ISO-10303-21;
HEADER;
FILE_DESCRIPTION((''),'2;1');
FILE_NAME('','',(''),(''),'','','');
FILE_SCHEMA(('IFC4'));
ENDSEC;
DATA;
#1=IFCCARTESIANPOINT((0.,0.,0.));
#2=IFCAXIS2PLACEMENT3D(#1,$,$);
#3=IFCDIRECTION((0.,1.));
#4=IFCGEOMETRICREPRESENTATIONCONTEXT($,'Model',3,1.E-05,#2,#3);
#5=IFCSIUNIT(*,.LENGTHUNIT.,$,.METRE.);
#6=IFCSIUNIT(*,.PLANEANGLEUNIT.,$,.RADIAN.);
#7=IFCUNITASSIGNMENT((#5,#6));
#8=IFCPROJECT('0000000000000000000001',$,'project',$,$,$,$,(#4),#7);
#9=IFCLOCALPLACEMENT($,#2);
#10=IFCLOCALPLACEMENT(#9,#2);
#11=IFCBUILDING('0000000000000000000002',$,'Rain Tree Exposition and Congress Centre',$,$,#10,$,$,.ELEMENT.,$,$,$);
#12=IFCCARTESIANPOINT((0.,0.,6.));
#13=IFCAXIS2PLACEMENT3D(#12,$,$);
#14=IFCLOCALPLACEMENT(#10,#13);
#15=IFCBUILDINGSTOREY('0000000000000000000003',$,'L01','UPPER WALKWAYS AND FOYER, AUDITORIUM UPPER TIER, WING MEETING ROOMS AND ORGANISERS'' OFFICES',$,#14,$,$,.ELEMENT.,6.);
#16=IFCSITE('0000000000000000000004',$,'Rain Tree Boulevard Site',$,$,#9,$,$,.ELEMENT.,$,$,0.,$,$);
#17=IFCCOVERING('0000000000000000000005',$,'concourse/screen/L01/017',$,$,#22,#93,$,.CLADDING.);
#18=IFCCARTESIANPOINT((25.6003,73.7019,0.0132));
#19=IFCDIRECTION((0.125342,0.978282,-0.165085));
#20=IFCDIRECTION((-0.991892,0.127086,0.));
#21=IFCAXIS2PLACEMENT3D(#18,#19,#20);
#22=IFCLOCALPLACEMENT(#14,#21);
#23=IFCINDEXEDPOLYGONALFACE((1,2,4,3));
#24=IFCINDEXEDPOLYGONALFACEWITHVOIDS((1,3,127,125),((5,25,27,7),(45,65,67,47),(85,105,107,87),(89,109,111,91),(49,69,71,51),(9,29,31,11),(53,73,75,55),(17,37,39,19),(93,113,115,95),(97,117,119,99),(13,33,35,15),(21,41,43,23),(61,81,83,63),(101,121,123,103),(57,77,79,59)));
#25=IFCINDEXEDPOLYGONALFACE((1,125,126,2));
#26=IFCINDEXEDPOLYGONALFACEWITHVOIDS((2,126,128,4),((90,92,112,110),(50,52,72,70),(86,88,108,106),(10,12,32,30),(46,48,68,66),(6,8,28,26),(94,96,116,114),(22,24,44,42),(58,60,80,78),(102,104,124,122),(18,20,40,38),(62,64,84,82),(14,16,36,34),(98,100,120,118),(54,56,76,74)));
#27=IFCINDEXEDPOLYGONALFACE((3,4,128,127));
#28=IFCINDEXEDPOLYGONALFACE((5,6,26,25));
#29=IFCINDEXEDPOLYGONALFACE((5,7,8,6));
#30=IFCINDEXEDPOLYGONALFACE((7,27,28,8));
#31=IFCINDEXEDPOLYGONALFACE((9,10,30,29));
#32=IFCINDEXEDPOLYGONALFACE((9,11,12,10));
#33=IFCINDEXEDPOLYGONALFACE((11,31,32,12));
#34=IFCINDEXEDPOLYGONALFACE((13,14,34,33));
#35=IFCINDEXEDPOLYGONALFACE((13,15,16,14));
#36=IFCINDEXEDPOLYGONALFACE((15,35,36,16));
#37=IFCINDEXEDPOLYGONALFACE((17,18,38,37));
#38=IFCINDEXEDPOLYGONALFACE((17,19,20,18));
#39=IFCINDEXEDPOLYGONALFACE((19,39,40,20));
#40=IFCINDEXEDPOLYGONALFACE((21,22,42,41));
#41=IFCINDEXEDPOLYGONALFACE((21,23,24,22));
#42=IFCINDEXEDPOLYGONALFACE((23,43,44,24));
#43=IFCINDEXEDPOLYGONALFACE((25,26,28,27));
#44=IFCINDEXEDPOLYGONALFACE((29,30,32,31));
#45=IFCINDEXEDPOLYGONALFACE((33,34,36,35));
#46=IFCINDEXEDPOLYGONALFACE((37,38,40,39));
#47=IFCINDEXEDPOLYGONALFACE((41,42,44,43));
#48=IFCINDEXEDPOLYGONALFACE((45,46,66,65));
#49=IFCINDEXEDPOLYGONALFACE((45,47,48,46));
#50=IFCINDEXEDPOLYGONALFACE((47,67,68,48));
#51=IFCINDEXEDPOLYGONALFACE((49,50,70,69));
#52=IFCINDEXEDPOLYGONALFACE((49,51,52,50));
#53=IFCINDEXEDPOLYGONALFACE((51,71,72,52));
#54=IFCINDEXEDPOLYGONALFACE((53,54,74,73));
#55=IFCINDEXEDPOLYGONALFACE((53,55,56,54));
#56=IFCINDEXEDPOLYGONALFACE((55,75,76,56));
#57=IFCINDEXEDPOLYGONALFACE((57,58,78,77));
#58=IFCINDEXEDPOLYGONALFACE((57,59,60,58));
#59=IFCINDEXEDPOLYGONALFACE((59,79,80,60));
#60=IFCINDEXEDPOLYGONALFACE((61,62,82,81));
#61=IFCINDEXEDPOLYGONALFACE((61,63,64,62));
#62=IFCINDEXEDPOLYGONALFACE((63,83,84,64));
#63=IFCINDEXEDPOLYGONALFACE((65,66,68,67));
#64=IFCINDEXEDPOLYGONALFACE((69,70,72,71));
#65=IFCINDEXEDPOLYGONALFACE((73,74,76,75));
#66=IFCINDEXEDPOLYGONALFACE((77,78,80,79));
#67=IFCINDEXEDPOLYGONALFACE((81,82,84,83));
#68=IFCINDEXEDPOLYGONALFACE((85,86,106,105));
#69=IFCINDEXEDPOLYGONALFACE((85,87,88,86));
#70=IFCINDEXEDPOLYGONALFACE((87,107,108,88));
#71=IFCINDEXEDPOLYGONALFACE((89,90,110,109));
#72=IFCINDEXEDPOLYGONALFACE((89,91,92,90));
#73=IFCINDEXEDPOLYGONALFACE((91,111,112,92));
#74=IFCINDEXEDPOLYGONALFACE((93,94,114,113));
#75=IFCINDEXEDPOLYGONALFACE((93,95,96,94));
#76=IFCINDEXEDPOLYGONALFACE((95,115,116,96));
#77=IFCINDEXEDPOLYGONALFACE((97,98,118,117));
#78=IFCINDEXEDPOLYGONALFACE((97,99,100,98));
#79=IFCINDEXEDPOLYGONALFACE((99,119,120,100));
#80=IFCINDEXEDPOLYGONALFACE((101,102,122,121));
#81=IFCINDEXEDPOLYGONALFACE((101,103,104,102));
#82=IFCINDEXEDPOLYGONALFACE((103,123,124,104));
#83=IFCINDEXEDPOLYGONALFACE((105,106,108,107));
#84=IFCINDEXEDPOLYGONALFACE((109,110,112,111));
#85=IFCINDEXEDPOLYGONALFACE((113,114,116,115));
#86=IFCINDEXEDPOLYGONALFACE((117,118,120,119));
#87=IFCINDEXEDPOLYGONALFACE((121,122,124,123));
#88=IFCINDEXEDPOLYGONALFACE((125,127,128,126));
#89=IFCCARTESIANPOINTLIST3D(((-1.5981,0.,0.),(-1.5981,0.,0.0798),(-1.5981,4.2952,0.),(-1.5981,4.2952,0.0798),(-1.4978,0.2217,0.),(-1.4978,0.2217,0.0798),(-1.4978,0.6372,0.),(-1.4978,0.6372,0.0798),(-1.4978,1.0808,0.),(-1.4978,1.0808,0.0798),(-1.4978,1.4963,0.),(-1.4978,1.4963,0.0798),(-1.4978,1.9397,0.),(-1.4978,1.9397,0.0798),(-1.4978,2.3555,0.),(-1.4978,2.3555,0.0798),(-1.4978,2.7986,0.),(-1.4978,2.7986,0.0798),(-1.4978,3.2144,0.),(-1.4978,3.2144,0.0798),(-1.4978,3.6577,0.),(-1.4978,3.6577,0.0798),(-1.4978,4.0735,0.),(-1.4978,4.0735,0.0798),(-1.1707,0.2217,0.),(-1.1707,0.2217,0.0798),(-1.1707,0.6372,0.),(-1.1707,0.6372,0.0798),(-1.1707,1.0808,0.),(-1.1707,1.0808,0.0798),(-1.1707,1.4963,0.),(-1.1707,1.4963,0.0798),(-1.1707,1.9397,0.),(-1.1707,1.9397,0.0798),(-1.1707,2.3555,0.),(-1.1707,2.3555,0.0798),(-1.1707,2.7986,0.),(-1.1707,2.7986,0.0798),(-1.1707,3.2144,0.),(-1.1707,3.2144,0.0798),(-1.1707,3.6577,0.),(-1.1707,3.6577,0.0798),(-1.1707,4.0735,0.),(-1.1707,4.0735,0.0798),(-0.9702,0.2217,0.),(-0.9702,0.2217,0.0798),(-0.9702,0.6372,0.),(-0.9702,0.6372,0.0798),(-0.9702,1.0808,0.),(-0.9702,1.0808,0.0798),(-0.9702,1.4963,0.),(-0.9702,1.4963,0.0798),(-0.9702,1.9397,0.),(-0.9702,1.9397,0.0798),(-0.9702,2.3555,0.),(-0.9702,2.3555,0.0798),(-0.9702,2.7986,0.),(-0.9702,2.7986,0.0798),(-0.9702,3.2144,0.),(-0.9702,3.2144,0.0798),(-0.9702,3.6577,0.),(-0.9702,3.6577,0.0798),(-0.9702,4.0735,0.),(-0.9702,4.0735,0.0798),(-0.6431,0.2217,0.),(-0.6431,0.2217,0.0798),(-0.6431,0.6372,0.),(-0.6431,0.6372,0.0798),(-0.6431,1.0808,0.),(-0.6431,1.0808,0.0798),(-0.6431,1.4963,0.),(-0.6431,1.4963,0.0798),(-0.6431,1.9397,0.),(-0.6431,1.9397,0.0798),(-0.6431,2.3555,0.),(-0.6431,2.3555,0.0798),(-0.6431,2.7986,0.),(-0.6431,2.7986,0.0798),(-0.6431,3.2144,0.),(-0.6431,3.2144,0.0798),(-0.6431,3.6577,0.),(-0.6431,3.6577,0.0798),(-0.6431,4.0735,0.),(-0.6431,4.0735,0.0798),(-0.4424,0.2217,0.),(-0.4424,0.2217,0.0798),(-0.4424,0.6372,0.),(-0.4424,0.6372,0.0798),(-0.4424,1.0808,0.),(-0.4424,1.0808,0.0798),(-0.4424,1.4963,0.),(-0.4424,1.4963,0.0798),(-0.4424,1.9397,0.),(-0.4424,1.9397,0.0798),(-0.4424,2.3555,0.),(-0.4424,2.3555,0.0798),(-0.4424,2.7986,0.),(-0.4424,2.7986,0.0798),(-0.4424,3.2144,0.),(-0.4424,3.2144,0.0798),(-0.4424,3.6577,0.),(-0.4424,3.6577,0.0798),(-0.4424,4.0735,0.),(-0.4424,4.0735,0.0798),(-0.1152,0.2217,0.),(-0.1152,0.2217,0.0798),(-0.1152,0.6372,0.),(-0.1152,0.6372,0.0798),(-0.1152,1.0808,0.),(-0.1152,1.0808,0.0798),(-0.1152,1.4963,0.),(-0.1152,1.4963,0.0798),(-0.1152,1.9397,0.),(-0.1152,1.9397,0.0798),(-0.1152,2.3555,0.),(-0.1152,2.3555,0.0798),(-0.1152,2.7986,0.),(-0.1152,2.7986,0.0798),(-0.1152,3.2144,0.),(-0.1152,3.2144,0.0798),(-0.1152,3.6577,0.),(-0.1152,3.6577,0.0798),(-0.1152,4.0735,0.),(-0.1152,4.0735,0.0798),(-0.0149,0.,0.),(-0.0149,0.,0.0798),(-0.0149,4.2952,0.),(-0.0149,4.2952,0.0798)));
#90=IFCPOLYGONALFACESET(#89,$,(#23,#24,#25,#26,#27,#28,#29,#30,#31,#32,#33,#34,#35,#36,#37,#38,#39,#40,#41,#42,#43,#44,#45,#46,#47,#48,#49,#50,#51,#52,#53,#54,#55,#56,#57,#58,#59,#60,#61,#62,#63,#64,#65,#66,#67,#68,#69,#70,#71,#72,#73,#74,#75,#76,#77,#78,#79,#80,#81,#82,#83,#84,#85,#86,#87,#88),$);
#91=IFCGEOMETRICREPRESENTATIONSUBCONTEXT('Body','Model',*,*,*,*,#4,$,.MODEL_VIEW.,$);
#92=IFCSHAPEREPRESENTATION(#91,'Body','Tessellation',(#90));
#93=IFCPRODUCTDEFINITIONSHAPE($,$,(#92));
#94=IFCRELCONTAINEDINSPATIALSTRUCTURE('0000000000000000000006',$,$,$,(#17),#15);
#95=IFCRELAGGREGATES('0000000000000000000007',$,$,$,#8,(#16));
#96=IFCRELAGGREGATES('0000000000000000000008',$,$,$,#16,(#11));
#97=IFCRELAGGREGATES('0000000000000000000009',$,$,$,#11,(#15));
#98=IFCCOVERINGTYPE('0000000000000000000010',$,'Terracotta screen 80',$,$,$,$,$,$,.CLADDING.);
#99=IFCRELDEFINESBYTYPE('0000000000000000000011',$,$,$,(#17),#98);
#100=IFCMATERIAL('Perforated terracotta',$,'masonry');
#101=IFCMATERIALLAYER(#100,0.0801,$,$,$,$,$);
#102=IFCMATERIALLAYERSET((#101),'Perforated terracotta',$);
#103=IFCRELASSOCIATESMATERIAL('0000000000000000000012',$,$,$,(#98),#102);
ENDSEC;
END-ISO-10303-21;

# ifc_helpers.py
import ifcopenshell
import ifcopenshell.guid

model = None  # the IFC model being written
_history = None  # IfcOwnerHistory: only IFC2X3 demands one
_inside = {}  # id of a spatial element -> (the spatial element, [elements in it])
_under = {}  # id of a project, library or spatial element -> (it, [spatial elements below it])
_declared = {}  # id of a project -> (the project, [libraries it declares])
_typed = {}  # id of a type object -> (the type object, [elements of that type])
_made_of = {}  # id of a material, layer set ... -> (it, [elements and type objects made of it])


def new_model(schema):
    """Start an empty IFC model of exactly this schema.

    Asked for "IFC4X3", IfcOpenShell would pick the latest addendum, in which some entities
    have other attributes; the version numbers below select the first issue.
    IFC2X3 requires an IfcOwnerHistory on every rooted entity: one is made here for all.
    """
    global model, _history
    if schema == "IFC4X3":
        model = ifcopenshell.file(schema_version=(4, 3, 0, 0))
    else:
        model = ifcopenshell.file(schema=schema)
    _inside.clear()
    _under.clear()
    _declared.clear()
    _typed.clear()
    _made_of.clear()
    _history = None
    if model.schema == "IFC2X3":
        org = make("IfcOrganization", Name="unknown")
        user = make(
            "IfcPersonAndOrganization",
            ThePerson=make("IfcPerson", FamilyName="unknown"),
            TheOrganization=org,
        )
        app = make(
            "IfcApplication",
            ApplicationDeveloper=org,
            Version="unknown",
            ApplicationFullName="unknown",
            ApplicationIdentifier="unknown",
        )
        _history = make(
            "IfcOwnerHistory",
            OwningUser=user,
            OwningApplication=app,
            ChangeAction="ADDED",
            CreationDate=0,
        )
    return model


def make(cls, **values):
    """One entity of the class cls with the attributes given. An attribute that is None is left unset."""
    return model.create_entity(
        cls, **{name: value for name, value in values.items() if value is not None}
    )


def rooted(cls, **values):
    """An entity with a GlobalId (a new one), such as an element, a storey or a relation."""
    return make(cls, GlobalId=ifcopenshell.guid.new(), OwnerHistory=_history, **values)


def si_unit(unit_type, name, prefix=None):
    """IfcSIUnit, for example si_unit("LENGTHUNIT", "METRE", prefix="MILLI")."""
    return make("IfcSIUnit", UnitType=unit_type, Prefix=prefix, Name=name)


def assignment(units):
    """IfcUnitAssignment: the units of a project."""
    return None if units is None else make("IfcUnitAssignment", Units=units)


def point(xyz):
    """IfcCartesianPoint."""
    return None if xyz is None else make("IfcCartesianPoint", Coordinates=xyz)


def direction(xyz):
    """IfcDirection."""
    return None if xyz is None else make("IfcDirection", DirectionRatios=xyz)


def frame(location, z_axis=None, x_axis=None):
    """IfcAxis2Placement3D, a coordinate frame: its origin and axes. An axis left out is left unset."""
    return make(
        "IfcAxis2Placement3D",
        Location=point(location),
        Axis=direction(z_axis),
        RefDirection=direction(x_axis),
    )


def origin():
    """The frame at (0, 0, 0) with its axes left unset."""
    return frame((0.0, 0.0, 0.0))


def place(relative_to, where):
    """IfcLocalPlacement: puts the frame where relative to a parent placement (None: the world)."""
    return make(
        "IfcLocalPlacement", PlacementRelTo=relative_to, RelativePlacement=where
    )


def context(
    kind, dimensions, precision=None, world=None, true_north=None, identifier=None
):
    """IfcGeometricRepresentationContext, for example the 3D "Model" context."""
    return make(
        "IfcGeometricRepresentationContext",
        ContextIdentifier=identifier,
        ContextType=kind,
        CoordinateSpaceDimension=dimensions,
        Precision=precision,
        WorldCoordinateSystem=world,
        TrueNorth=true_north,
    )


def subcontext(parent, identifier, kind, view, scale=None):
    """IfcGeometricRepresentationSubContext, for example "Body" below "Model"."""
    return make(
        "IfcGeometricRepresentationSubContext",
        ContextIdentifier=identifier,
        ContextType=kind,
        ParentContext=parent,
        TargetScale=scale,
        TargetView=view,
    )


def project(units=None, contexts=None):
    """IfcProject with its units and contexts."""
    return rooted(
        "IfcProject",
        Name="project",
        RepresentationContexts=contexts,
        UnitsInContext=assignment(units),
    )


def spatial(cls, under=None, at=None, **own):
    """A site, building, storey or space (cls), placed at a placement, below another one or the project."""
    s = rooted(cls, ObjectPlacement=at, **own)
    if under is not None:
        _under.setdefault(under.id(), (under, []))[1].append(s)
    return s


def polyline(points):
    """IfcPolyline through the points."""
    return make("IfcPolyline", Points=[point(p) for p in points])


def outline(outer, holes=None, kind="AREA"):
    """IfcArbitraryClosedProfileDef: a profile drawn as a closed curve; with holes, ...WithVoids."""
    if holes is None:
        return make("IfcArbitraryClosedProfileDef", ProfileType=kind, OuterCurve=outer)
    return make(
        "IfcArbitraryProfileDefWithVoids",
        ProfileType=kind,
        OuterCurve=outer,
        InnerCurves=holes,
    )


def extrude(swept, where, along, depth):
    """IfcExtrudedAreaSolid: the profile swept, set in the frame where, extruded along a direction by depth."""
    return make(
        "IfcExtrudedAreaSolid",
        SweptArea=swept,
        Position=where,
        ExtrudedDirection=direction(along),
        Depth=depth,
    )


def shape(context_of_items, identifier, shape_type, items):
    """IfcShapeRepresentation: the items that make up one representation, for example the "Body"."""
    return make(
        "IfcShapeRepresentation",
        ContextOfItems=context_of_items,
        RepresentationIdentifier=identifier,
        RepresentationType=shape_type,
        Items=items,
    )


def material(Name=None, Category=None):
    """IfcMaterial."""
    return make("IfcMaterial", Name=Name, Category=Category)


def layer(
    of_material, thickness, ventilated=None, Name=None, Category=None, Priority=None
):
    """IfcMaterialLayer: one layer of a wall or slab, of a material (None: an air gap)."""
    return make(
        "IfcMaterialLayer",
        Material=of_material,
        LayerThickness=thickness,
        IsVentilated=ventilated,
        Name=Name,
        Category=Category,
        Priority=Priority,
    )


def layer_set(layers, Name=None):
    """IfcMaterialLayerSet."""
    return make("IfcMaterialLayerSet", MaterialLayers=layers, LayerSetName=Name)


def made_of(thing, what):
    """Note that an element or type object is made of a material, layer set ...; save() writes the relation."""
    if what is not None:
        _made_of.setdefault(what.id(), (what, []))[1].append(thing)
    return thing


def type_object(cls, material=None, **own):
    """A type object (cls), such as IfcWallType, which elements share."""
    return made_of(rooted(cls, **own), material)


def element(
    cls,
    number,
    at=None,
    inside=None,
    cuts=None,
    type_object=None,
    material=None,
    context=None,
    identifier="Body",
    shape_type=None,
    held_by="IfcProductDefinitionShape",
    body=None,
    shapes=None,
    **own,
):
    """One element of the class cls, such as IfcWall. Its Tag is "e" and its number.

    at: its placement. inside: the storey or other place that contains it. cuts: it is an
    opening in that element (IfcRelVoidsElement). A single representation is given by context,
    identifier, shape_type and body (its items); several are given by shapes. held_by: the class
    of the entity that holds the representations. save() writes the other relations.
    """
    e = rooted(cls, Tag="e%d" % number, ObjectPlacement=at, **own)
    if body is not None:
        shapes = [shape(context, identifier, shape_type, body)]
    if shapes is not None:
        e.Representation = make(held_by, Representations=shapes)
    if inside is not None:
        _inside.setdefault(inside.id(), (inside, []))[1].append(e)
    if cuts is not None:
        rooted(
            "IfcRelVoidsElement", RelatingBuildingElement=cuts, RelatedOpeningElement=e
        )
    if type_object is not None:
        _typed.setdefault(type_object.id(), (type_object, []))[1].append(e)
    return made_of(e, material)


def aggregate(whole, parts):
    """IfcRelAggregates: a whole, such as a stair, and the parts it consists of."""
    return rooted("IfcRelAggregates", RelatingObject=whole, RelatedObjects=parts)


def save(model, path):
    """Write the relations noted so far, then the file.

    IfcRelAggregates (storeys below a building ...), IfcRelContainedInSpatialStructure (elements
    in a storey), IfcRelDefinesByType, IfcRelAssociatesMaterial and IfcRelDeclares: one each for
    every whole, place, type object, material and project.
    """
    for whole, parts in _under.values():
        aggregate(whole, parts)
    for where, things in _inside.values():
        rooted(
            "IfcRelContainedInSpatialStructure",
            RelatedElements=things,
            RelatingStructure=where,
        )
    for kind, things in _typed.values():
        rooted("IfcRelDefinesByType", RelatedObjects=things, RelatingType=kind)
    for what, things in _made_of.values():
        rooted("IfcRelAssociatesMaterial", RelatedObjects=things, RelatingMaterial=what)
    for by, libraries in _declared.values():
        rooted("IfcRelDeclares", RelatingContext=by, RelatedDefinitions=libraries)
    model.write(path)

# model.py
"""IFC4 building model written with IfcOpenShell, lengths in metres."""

from ifc_helpers import new_model, si_unit, direction, frame, origin, place, context, subcontext, project, spatial, polyline, outline, extrude, material, layer, layer_set, type_object, element, save


model = new_model("IFC4")

# Units and contexts
model_context = context("Model", 3, precision=1e-05, world=origin(), true_north=direction((0.0, 1.0)))
body_context = subcontext(model_context, "Body", "Model", "MODEL_VIEW")
ifc_project = project(units=[si_unit("LENGTHUNIT", "METRE"), si_unit("PLANEANGLEUNIT", "RADIAN")], contexts=[model_context])

# Site, building, storey
site_placement = place(None, origin())
site = spatial("IfcSite", under=ifc_project, at=site_placement, Name="Rain Tree Boulevard Site", CompositionType="ELEMENT", RefElevation=0.0)
building_placement = place(site_placement, origin())
building = spatial("IfcBuilding", under=site, at=building_placement, Name="Rain Tree Exposition and Congress Centre", CompositionType="ELEMENT")
storey_placement = place(building_placement, frame((0.0, 0.0, 6.0)))
storey = spatial("IfcBuildingStorey", under=building, at=storey_placement, Name="L01", Description="UPPER WALKWAYS AND FOYER, AUDITORIUM UPPER TIER, WING MEETING ROOMS AND ORGANISERS' OFFICES", CompositionType="ELEMENT", Elevation=6.0)

# Covering
ifc_material_1 = material(Name="Perforated terracotta", Category="masonry")
ifc_layer_1 = layer(ifc_material_1, 0.0801)
ifc_layer_set_1 = layer_set([ifc_layer_1], Name="Perforated terracotta")
covering_type = type_object("IfcCoveringType", Name="Terracotta screen 80", PredefinedType="CLADDING", material=ifc_layer_set_1)
covering_1_placement = place(storey_placement, frame((25.6003, 73.7019, 0.0132), z_axis=(0.125342, 0.978282, -0.165085), x_axis=(-0.991892, 0.127086, 0.0)))
element("IfcCovering", 1, at=covering_1_placement, inside=storey, type_object=covering_type, Name="concourse/screen/L01/017", PredefinedType="CLADDING", context=body_context, shape_type="SweptSolid", body=[
    extrude(outline(polyline([(-1.5981, 0.0), (-1.5981, 4.2952), (-0.0149, 4.2952), (-0.0149, 0.0), (-1.5981, 0.0)]), holes=[polyline([(-0.1152, 0.2217), (-0.1152, 0.6372), (-0.4424, 0.6372), (-0.4424, 0.2217), (-0.1152, 0.2217)]), polyline([(-0.1152, 1.0808), (-0.1152, 1.4963), (-0.4424, 1.4963), (-0.4424, 1.0808), (-0.1152, 1.0808)]), polyline([(-0.1152, 1.9397), (-0.1152, 2.3555), (-0.4424, 2.3555), (-0.4424, 1.9397), (-0.1152, 1.9397)]), polyline([(-0.1152, 2.7986), (-0.1152, 3.2144), (-0.4424, 3.2144), (-0.4424, 2.7986), (-0.1152, 2.7986)]), polyline([(-0.1152, 3.6577), (-0.1152, 4.0735), (-0.4424, 4.0735), (-0.4424, 3.6577), (-0.1152, 3.6577)]), polyline([(-0.6431, 0.2217), (-0.6431, 0.6372), (-0.9702, 0.6372), (-0.9702, 0.2217), (-0.6431, 0.2217)]), polyline([(-0.6431, 1.0808), (-0.6431, 1.4963), (-0.9702, 1.4963), (-0.9702, 1.0808), (-0.6431, 1.0808)]), polyline([(-0.6431, 1.9397), (-0.6431, 2.3555), (-0.9702, 2.3555), (-0.9702, 1.9397), (-0.6431, 1.9397)]), polyline([(-0.6431, 2.7986), (-0.6431, 3.2144), (-0.9702, 3.2144), (-0.9702, 2.7986), (-0.6431, 2.7986)]), polyline([(-0.6431, 3.6577), (-0.6431, 4.0735), (-0.9702, 4.0735), (-0.9702, 3.6577), (-0.6431, 3.6577)]), polyline([(-1.1707, 0.2217), (-1.1707, 0.6372), (-1.4978, 0.6372), (-1.4978, 0.2217), (-1.1707, 0.2217)]), polyline([(-1.1707, 1.0808), (-1.1707, 1.4963), (-1.4978, 1.4963), (-1.4978, 1.0808), (-1.1707, 1.0808)]), polyline([(-1.1707, 1.9397), (-1.1707, 2.3555), (-1.4978, 2.3555), (-1.4978, 1.9397), (-1.1707, 1.9397)]), polyline([(-1.1707, 2.7986), (-1.1707, 3.2144), (-1.4978, 3.2144), (-1.4978, 2.7986), (-1.1707, 2.7986)]), polyline([(-1.1707, 3.6577), (-1.1707, 4.0735), (-1.4978, 4.0735), (-1.4978, 3.6577), (-1.1707, 3.6577)])]), origin(), (0.0, 0.0, 1.0), 0.0798),
])

save(model, "model.ifc")
